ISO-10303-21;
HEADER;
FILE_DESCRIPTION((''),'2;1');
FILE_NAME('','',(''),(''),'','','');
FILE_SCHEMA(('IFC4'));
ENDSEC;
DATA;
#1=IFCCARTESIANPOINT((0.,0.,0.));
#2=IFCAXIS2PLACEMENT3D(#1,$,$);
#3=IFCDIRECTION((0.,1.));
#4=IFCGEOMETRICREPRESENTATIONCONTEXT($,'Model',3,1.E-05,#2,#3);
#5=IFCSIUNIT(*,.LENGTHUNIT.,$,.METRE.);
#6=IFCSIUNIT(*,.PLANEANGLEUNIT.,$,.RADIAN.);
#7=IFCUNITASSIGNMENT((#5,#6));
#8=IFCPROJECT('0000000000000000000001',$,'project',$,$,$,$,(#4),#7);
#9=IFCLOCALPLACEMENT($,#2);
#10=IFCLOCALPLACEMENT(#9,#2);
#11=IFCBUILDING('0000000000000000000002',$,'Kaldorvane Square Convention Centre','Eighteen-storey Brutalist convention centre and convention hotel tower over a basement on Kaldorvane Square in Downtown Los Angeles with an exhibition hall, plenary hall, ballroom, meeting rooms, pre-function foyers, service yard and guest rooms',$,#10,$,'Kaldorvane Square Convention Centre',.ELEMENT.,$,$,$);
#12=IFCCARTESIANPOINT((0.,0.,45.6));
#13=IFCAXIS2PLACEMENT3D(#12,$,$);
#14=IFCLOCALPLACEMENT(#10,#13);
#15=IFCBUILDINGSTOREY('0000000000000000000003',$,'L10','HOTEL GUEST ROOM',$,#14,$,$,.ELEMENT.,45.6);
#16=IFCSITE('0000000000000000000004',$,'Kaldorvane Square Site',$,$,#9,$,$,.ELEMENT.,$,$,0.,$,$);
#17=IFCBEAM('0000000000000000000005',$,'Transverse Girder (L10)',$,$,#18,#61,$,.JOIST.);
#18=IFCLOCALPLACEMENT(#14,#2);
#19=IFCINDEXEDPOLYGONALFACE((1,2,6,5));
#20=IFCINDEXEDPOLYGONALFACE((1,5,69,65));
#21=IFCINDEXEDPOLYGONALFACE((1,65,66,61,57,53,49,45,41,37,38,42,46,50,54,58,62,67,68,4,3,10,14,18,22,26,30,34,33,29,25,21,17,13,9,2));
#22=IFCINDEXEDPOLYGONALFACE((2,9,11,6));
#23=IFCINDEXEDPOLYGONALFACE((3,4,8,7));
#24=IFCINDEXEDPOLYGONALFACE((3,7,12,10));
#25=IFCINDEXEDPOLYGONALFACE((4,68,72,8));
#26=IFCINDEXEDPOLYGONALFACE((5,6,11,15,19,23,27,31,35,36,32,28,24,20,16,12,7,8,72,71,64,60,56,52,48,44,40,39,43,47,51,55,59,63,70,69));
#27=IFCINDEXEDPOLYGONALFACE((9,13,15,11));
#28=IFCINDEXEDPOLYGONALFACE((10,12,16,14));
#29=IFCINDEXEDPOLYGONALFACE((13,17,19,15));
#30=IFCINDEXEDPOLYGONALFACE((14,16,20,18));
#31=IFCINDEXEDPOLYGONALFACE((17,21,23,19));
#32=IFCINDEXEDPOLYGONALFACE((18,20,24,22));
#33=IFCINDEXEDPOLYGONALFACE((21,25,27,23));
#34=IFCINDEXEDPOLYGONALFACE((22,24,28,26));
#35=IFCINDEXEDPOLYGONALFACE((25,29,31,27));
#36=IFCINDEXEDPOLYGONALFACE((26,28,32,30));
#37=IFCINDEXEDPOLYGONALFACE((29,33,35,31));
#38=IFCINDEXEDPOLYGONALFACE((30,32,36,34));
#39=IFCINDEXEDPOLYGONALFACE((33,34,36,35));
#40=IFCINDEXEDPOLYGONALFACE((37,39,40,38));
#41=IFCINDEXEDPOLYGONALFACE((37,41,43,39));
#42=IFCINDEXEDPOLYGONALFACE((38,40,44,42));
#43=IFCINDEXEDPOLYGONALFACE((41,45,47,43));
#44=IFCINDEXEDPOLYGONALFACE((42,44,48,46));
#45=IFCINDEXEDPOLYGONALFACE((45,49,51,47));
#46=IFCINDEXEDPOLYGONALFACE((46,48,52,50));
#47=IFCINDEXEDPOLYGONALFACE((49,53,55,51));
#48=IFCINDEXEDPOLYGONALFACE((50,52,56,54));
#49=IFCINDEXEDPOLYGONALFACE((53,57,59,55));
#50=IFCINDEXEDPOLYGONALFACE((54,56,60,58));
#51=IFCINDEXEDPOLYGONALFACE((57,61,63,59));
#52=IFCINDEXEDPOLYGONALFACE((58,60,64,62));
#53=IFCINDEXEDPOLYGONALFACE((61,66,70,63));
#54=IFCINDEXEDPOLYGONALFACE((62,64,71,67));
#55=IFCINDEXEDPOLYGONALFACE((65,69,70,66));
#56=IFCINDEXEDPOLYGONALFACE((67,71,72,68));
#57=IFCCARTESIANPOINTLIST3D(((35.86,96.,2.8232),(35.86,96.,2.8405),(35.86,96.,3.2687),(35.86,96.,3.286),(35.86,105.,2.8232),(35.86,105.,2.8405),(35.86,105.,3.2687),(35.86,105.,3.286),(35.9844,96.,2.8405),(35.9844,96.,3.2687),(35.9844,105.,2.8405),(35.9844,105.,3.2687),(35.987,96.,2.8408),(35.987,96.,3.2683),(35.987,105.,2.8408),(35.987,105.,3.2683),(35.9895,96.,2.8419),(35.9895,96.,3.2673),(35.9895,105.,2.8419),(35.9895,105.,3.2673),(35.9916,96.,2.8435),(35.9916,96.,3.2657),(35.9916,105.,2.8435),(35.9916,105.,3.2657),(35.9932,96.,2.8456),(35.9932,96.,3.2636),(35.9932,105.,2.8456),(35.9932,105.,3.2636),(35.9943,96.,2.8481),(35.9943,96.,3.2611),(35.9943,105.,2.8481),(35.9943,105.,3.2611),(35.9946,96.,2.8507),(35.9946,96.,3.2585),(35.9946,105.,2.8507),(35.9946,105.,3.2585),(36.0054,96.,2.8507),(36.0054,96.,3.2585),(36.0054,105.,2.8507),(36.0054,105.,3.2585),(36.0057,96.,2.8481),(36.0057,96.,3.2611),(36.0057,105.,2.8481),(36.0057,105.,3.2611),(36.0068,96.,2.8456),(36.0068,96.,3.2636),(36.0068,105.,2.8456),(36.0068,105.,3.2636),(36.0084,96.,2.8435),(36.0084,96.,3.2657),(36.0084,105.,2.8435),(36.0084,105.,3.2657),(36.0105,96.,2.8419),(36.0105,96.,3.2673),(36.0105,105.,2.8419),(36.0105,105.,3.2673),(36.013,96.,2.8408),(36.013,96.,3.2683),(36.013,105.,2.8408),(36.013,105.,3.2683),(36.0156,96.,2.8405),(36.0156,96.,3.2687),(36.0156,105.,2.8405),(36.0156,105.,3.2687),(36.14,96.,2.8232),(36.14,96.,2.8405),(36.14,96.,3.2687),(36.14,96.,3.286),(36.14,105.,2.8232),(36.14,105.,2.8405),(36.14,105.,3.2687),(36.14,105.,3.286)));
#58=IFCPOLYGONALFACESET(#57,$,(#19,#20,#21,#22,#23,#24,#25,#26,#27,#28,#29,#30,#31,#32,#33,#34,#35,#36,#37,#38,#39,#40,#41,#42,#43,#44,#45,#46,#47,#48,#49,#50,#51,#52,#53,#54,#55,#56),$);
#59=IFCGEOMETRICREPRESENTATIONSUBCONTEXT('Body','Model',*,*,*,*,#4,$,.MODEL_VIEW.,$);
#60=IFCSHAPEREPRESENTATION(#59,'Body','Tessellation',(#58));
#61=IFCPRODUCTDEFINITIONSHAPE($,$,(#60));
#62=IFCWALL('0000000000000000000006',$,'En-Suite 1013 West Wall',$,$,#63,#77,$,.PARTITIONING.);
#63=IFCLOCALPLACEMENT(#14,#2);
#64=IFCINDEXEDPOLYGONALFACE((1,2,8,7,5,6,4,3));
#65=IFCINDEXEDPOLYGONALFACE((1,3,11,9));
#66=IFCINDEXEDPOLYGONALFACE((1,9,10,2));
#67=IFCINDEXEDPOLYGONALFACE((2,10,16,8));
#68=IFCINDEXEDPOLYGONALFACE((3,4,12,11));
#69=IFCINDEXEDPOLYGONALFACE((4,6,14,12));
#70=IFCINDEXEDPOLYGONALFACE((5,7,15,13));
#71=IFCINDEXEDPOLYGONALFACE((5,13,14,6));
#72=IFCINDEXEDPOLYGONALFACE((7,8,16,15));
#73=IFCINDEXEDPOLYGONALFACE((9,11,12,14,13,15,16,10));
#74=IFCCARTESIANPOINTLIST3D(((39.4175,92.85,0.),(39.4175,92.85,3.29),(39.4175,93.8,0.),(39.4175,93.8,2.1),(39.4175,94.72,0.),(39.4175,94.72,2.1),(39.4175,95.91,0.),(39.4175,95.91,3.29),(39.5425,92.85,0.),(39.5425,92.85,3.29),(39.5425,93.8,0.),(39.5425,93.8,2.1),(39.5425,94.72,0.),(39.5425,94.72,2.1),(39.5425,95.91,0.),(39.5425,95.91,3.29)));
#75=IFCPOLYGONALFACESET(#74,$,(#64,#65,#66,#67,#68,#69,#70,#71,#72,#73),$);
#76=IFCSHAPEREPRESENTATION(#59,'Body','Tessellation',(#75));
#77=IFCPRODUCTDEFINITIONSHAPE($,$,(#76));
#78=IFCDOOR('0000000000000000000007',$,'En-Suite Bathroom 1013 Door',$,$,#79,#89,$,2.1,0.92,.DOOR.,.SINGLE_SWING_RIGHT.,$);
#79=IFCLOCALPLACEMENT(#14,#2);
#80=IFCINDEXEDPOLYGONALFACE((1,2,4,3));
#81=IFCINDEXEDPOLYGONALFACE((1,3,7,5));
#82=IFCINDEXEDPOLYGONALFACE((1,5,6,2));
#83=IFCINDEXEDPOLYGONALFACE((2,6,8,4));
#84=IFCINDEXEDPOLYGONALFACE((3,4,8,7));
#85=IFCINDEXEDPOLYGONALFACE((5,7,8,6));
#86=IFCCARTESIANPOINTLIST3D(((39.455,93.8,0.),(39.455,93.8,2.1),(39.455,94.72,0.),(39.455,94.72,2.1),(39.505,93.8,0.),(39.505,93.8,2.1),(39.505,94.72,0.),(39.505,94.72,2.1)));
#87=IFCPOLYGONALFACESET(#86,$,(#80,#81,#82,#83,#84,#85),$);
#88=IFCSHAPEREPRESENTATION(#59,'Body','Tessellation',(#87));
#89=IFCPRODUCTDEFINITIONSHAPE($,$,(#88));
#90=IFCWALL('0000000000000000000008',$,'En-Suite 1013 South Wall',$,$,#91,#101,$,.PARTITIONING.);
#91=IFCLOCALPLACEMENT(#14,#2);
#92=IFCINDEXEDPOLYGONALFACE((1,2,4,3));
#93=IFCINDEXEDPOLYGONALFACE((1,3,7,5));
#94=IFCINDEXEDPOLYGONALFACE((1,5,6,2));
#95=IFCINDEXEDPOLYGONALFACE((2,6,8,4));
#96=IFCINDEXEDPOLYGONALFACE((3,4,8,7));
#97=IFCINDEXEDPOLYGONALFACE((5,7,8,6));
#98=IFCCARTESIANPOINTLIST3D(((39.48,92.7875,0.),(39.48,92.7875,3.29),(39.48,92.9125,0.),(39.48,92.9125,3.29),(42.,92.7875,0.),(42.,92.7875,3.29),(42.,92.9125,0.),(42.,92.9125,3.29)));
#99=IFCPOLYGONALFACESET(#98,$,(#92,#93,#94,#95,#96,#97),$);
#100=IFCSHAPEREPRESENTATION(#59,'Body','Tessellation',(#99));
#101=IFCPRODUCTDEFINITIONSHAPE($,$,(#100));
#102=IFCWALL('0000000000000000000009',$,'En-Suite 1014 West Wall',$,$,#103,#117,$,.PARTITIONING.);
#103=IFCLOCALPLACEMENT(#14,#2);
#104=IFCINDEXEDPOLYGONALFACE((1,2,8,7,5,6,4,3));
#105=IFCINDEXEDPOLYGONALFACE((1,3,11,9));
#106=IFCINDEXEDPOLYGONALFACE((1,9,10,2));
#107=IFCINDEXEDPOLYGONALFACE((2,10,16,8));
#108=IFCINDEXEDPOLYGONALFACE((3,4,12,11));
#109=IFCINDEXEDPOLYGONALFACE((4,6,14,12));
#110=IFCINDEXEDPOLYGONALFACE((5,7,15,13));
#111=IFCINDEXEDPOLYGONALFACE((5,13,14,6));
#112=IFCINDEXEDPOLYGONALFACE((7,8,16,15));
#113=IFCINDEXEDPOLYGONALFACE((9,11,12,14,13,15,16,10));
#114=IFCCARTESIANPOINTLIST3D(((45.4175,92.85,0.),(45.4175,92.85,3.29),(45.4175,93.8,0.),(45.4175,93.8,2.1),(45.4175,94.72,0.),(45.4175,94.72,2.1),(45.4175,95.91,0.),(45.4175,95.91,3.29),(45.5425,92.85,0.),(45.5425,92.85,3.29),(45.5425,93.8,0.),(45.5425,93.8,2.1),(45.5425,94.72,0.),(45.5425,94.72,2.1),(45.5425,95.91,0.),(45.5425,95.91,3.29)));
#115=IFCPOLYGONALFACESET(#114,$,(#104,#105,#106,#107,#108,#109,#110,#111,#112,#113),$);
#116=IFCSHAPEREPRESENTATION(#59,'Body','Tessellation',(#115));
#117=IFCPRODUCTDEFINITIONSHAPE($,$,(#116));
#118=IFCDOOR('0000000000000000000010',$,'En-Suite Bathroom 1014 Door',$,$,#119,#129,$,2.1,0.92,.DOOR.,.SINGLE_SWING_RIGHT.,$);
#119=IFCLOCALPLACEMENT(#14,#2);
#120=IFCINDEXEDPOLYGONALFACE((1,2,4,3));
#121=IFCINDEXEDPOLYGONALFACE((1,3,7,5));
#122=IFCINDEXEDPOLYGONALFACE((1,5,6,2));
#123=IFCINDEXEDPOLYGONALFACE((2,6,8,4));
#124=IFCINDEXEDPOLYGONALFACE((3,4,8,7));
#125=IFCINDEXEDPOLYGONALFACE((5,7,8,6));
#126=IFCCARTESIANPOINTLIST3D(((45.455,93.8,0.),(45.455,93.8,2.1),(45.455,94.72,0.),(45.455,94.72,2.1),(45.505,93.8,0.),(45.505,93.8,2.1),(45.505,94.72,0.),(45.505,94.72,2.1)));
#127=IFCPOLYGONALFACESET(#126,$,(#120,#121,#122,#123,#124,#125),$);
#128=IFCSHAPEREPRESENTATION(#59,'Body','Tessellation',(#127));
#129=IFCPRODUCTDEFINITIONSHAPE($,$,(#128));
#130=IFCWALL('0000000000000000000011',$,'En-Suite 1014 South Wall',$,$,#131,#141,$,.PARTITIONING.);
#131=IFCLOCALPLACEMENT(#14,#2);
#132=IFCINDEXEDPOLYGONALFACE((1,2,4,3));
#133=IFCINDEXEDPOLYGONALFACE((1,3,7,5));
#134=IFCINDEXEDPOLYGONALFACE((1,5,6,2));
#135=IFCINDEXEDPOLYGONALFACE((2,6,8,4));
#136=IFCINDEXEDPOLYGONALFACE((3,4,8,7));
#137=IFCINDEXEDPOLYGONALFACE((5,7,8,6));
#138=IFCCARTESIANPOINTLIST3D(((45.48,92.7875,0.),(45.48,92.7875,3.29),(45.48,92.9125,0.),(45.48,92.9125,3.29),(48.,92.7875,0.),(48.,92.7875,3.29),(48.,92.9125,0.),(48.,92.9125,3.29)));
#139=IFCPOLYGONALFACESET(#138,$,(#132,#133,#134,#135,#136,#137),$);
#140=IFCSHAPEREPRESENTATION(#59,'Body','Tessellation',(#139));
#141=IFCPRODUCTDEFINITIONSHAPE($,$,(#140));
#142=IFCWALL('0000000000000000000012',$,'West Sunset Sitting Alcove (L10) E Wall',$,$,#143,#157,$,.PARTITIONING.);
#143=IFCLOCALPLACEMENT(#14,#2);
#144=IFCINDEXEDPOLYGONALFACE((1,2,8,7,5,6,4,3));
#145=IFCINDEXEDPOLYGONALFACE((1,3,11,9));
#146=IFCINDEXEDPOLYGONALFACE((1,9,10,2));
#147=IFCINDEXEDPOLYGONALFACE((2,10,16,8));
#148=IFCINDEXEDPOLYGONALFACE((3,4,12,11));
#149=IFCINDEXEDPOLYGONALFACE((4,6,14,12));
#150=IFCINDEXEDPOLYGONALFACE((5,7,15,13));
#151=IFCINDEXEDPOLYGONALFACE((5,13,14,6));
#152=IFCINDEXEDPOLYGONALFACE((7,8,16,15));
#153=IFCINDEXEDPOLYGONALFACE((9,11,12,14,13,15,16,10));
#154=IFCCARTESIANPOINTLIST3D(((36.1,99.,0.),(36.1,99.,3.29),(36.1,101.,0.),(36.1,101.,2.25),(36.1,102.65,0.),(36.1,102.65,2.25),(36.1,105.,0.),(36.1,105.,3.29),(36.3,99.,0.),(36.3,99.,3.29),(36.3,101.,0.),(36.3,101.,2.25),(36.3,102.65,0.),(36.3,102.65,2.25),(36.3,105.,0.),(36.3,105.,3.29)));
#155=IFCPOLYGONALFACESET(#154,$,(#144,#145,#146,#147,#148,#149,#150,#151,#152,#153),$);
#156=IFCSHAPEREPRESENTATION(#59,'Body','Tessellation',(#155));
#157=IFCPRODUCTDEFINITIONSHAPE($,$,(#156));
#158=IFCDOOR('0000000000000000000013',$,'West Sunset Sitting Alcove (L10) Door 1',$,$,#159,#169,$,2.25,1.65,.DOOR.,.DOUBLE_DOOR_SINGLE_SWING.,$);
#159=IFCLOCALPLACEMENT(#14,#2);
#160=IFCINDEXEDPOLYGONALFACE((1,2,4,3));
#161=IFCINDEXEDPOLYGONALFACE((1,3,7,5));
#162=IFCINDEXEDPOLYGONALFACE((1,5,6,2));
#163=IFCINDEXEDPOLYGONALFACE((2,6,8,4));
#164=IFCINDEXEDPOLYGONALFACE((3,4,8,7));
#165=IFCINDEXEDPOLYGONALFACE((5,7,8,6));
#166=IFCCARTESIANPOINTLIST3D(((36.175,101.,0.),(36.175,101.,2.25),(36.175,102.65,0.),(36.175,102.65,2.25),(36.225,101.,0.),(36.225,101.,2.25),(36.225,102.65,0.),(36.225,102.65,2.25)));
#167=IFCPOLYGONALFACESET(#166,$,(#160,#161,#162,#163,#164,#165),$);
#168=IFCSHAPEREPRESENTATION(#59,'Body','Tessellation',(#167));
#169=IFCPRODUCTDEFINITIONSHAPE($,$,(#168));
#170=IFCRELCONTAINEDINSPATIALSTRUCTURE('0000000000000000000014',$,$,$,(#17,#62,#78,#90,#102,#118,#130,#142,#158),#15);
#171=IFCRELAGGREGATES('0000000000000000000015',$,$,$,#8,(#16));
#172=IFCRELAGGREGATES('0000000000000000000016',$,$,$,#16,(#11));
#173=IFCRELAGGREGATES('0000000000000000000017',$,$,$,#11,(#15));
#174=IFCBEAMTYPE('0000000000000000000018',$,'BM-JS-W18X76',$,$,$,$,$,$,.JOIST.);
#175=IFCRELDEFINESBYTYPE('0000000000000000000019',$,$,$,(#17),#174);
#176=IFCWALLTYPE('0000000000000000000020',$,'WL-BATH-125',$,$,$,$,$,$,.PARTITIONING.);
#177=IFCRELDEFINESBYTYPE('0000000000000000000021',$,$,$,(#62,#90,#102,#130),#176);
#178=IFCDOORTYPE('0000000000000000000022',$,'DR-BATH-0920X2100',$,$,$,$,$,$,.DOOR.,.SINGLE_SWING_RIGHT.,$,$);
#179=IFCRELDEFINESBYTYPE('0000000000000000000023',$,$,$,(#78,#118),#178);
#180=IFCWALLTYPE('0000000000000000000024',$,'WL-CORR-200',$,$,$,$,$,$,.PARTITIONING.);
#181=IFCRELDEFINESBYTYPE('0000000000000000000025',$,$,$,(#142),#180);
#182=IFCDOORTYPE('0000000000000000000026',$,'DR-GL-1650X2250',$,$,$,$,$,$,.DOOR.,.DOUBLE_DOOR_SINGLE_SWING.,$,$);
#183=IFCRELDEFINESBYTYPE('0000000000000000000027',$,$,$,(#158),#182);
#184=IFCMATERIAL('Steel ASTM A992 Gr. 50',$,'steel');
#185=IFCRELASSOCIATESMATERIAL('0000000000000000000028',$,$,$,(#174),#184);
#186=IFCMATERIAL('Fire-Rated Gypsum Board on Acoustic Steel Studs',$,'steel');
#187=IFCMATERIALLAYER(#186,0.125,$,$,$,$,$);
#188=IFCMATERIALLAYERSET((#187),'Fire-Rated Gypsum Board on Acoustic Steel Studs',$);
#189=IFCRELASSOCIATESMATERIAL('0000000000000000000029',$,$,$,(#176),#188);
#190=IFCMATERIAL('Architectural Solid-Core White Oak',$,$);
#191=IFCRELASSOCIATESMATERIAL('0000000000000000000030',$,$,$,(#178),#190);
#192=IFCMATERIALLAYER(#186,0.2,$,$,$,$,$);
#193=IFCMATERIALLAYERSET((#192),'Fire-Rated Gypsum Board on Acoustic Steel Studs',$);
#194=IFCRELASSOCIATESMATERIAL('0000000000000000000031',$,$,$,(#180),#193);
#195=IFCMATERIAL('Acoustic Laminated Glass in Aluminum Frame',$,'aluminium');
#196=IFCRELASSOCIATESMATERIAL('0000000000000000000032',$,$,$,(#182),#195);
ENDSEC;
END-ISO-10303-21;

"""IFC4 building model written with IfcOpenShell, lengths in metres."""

from ifc_helpers import new_model, si_unit, direction, frame, frame_2d, origin, origin_2d, place, context, subcontext, project, spatial, rectangle, i_section, extrude, material, layer, layer_set, material_profile, profile_set, type_object, element, fill, save


model = new_model("IFC4")

# Units and contexts
model_context = context("Model", 3, precision=1e-05, world=origin(), true_north=direction((0.0, 1.0)))
body_context = subcontext(model_context, "Body", "Model", "MODEL_VIEW")
ifc_project = project(units=[si_unit("LENGTHUNIT", "METRE"), si_unit("PLANEANGLEUNIT", "RADIAN")], contexts=[model_context])

# Site, building, storey
site_placement = place(None, origin())
site = spatial("IfcSite", under=ifc_project, at=site_placement, Name="Kaldorvane Square Site", CompositionType="ELEMENT", RefElevation=0.0)
building_placement = place(site_placement, origin())
building = spatial("IfcBuilding", under=site, at=building_placement, Name="Kaldorvane Square Convention Centre", Description="Eighteen-storey Brutalist convention centre and convention hotel tower over a basement on Kaldorvane Square in Downtown Los Angeles with an exhibition hall, plenary hall, ballroom, meeting rooms, pre-function foyers, service yard and guest rooms", LongName="Kaldorvane Square Convention Centre", CompositionType="ELEMENT")
storey_placement = place(building_placement, frame((0.0, 0.0, 45.6)))
storey = spatial("IfcBuildingStorey", under=building, at=storey_placement, Name="L10", Description="HOTEL GUEST ROOM", CompositionType="ELEMENT", Elevation=45.6)

# Shared definitions
ifc_material_1 = material(Name="Steel ASTM A992 Gr. 50", Category="steel")

# Beam
ifc_material_profile_1 = material_profile(ifc_material_1, i_section(OverallWidth=0.2799, OverallDepth=0.4628, WebThickness=0.0108, FlangeThickness=0.0173, FilletRadius=0.0102, at=origin_2d()), Name="W18X76")
ifc_profile_set_1 = profile_set([ifc_material_profile_1], Name="Steel ASTM A992 Gr. 50")
beam_type_1 = type_object("IfcBeamType", Name="BM-JS-W18X76", PredefinedType="JOIST", material=ifc_profile_set_1)
beam_1_placement = place(storey_placement, frame((36.0, 96.0, 3.0546), z_axis=(0.0, 1.0, 0.0), x_axis=(-1.0, 0.0, 0.0)))
element("IfcBeam", 1, at=beam_1_placement, inside=storey, type_object=beam_type_1, Name="Transverse Girder (L10)", PredefinedType="JOIST", context=body_context, shape_type="SweptSolid", body=[
    extrude(i_section(OverallWidth=0.2799, OverallDepth=0.4628, WebThickness=0.0108, FlangeThickness=0.0173, FilletRadius=0.0102, at=origin_2d()), origin(), (0.0, 0.0, 1.0), 9.0),
])

# Wall, opening, door
ifc_material_2 = material(Name="Fire-Rated Gypsum Board on Acoustic Steel Studs", Category="steel")
ifc_layer_1 = layer(ifc_material_2, 0.125)
ifc_layer_set_1 = layer_set([ifc_layer_1], Name="Fire-Rated Gypsum Board on Acoustic Steel Studs")
wall_type_1 = type_object("IfcWallType", Name="WL-BATH-125", PredefinedType="PARTITIONING", material=ifc_layer_set_1)
wall_1_placement = place(storey_placement, frame((39.48, 92.85, 0.0), z_axis=(0.0, 0.0, 1.0), x_axis=(0.0, 1.0, 0.0)))
wall_1 = element("IfcWall", 2, at=wall_1_placement, inside=storey, type_object=wall_type_1, Name="En-Suite 1013 West Wall", PredefinedType="PARTITIONING", context=body_context, shape_type="SweptSolid", body=[
    extrude(rectangle(XDim=3.06, YDim=0.125, at=frame_2d((1.53, 0.0))), origin(), (0.0, 0.0, 1.0), 3.29),
])
opening_1_placement = place(wall_1_placement, frame((0.95, 0.0, 0.0)))
opening_1 = element("IfcOpeningElement", 3, at=opening_1_placement, cuts=wall_1, PredefinedType="OPENING", context=body_context, shape_type="SweptSolid", body=[
    extrude(rectangle(XDim=0.92, YDim=2.1, at=frame_2d((0.46, 1.05))), frame((0.0, 0.0775, 0.0), z_axis=(0.0, -1.0, 0.0), x_axis=(1.0, 0.0, 0.0)), (0.0, 0.0, 1.0), 0.155),
])
ifc_material_3 = material(Name="Architectural Solid-Core White Oak")
door_type_1 = type_object("IfcDoorType", Name="DR-BATH-0920X2100", OperationType="SINGLE_SWING_RIGHT", PredefinedType="DOOR", material=ifc_material_3)
door_1_placement = place(opening_1_placement, origin())
door_1 = element("IfcDoor", 4, at=door_1_placement, inside=storey, type_object=door_type_1, Name="En-Suite Bathroom 1013 Door", OperationType="SINGLE_SWING_RIGHT", OverallHeight=2.1, OverallWidth=0.92, PredefinedType="DOOR", context=body_context, shape_type="SweptSolid", body=[
    extrude(rectangle(XDim=0.92, YDim=2.1, at=frame_2d((0.46, 1.05))), frame((0.0, 0.025, 0.0), z_axis=(0.0, -1.0, 0.0), x_axis=(1.0, 0.0, 0.0)), (0.0, 0.0, 1.0), 0.05),
])
fill(opening_1, door_1)

# Wall
wall_2_placement = place(storey_placement, frame((39.48, 92.85, 0.0), z_axis=(0.0, 0.0, 1.0), x_axis=(1.0, 0.0, 0.0)))
element("IfcWall", 5, at=wall_2_placement, inside=storey, type_object=wall_type_1, Name="En-Suite 1013 South Wall", PredefinedType="PARTITIONING", context=body_context, shape_type="SweptSolid", body=[
    extrude(rectangle(XDim=2.52, YDim=0.125, at=frame_2d((1.26, 0.0))), origin(), (0.0, 0.0, 1.0), 3.29),
])

# Wall, opening, door
wall_3_placement = place(storey_placement, frame((45.48, 92.85, 0.0), z_axis=(0.0, 0.0, 1.0), x_axis=(0.0, 1.0, 0.0)))
wall_3 = element("IfcWall", 6, at=wall_3_placement, inside=storey, type_object=wall_type_1, Name="En-Suite 1014 West Wall", PredefinedType="PARTITIONING", context=body_context, shape_type="SweptSolid", body=[
    extrude(rectangle(XDim=3.06, YDim=0.125, at=frame_2d((1.53, 0.0))), origin(), (0.0, 0.0, 1.0), 3.29),
])
opening_2_placement = place(wall_3_placement, frame((0.95, 0.0, 0.0)))
opening_2 = element("IfcOpeningElement", 7, at=opening_2_placement, cuts=wall_3, PredefinedType="OPENING", context=body_context, shape_type="SweptSolid", body=[
    extrude(rectangle(XDim=0.92, YDim=2.1, at=frame_2d((0.46, 1.05))), frame((0.0, 0.0775, 0.0), z_axis=(0.0, -1.0, 0.0), x_axis=(1.0, 0.0, 0.0)), (0.0, 0.0, 1.0), 0.155),
])
door_2_placement = place(opening_2_placement, origin())
door_2 = element("IfcDoor", 8, at=door_2_placement, inside=storey, type_object=door_type_1, Name="En-Suite Bathroom 1014 Door", OperationType="SINGLE_SWING_RIGHT", OverallHeight=2.1, OverallWidth=0.92, PredefinedType="DOOR", context=body_context, shape_type="SweptSolid", body=[
    extrude(rectangle(XDim=0.92, YDim=2.1, at=frame_2d((0.46, 1.05))), frame((0.0, 0.025, 0.0), z_axis=(0.0, -1.0, 0.0), x_axis=(1.0, 0.0, 0.0)), (0.0, 0.0, 1.0), 0.05),
])
fill(opening_2, door_2)

# Wall
wall_4_placement = place(storey_placement, frame((45.48, 92.85, 0.0), z_axis=(0.0, 0.0, 1.0), x_axis=(1.0, 0.0, 0.0)))
element("IfcWall", 9, at=wall_4_placement, inside=storey, type_object=wall_type_1, Name="En-Suite 1014 South Wall", PredefinedType="PARTITIONING", context=body_context, shape_type="SweptSolid", body=[
    extrude(rectangle(XDim=2.52, YDim=0.125, at=frame_2d((1.26, 0.0))), origin(), (0.0, 0.0, 1.0), 3.29),
])

# Wall, opening, door
ifc_layer_2 = layer(ifc_material_2, 0.2)
ifc_layer_set_2 = layer_set([ifc_layer_2], Name="Fire-Rated Gypsum Board on Acoustic Steel Studs")
wall_type_2 = type_object("IfcWallType", Name="WL-CORR-200", PredefinedType="PARTITIONING", material=ifc_layer_set_2)
wall_5_placement = place(storey_placement, frame((36.2, 99.0, 0.0), z_axis=(0.0, 0.0, 1.0), x_axis=(0.0, 1.0, 0.0)))
wall_5 = element("IfcWall", 10, at=wall_5_placement, inside=storey, type_object=wall_type_2, Name="West Sunset Sitting Alcove (L10) E Wall", PredefinedType="PARTITIONING", context=body_context, shape_type="SweptSolid", body=[
    extrude(rectangle(XDim=6.0, YDim=0.2, at=frame_2d((3.0, 0.0))), origin(), (0.0, 0.0, 1.0), 3.29),
])
opening_3_placement = place(wall_5_placement, frame((2.0, 0.0, 0.0)))
opening_3 = element("IfcOpeningElement", 11, at=opening_3_placement, cuts=wall_5, PredefinedType="OPENING", context=body_context, shape_type="SweptSolid", body=[
    extrude(rectangle(XDim=1.65, YDim=2.25, at=frame_2d((0.825, 1.125))), frame((0.0, 0.115, 0.0), z_axis=(0.0, -1.0, 0.0), x_axis=(1.0, 0.0, 0.0)), (0.0, 0.0, 1.0), 0.23),
])
ifc_material_4 = material(Name="Acoustic Laminated Glass in Aluminum Frame", Category="aluminium")
door_type_2 = type_object("IfcDoorType", Name="DR-GL-1650X2250", OperationType="DOUBLE_DOOR_SINGLE_SWING", PredefinedType="DOOR", material=ifc_material_4)
door_3_placement = place(opening_3_placement, origin())
door_3 = element("IfcDoor", 12, at=door_3_placement, inside=storey, type_object=door_type_2, Name="West Sunset Sitting Alcove (L10) Door 1", OperationType="DOUBLE_DOOR_SINGLE_SWING", OverallHeight=2.25, OverallWidth=1.65, PredefinedType="DOOR", context=body_context, shape_type="SweptSolid", body=[
    extrude(rectangle(XDim=1.65, YDim=2.25, at=frame_2d((0.825, 1.125))), frame((0.0, 0.025, 0.0), z_axis=(0.0, -1.0, 0.0), x_axis=(1.0, 0.0, 0.0)), (0.0, 0.0, 1.0), 0.05),
])
fill(opening_3, door_3)

save(model, "model.ifc")
